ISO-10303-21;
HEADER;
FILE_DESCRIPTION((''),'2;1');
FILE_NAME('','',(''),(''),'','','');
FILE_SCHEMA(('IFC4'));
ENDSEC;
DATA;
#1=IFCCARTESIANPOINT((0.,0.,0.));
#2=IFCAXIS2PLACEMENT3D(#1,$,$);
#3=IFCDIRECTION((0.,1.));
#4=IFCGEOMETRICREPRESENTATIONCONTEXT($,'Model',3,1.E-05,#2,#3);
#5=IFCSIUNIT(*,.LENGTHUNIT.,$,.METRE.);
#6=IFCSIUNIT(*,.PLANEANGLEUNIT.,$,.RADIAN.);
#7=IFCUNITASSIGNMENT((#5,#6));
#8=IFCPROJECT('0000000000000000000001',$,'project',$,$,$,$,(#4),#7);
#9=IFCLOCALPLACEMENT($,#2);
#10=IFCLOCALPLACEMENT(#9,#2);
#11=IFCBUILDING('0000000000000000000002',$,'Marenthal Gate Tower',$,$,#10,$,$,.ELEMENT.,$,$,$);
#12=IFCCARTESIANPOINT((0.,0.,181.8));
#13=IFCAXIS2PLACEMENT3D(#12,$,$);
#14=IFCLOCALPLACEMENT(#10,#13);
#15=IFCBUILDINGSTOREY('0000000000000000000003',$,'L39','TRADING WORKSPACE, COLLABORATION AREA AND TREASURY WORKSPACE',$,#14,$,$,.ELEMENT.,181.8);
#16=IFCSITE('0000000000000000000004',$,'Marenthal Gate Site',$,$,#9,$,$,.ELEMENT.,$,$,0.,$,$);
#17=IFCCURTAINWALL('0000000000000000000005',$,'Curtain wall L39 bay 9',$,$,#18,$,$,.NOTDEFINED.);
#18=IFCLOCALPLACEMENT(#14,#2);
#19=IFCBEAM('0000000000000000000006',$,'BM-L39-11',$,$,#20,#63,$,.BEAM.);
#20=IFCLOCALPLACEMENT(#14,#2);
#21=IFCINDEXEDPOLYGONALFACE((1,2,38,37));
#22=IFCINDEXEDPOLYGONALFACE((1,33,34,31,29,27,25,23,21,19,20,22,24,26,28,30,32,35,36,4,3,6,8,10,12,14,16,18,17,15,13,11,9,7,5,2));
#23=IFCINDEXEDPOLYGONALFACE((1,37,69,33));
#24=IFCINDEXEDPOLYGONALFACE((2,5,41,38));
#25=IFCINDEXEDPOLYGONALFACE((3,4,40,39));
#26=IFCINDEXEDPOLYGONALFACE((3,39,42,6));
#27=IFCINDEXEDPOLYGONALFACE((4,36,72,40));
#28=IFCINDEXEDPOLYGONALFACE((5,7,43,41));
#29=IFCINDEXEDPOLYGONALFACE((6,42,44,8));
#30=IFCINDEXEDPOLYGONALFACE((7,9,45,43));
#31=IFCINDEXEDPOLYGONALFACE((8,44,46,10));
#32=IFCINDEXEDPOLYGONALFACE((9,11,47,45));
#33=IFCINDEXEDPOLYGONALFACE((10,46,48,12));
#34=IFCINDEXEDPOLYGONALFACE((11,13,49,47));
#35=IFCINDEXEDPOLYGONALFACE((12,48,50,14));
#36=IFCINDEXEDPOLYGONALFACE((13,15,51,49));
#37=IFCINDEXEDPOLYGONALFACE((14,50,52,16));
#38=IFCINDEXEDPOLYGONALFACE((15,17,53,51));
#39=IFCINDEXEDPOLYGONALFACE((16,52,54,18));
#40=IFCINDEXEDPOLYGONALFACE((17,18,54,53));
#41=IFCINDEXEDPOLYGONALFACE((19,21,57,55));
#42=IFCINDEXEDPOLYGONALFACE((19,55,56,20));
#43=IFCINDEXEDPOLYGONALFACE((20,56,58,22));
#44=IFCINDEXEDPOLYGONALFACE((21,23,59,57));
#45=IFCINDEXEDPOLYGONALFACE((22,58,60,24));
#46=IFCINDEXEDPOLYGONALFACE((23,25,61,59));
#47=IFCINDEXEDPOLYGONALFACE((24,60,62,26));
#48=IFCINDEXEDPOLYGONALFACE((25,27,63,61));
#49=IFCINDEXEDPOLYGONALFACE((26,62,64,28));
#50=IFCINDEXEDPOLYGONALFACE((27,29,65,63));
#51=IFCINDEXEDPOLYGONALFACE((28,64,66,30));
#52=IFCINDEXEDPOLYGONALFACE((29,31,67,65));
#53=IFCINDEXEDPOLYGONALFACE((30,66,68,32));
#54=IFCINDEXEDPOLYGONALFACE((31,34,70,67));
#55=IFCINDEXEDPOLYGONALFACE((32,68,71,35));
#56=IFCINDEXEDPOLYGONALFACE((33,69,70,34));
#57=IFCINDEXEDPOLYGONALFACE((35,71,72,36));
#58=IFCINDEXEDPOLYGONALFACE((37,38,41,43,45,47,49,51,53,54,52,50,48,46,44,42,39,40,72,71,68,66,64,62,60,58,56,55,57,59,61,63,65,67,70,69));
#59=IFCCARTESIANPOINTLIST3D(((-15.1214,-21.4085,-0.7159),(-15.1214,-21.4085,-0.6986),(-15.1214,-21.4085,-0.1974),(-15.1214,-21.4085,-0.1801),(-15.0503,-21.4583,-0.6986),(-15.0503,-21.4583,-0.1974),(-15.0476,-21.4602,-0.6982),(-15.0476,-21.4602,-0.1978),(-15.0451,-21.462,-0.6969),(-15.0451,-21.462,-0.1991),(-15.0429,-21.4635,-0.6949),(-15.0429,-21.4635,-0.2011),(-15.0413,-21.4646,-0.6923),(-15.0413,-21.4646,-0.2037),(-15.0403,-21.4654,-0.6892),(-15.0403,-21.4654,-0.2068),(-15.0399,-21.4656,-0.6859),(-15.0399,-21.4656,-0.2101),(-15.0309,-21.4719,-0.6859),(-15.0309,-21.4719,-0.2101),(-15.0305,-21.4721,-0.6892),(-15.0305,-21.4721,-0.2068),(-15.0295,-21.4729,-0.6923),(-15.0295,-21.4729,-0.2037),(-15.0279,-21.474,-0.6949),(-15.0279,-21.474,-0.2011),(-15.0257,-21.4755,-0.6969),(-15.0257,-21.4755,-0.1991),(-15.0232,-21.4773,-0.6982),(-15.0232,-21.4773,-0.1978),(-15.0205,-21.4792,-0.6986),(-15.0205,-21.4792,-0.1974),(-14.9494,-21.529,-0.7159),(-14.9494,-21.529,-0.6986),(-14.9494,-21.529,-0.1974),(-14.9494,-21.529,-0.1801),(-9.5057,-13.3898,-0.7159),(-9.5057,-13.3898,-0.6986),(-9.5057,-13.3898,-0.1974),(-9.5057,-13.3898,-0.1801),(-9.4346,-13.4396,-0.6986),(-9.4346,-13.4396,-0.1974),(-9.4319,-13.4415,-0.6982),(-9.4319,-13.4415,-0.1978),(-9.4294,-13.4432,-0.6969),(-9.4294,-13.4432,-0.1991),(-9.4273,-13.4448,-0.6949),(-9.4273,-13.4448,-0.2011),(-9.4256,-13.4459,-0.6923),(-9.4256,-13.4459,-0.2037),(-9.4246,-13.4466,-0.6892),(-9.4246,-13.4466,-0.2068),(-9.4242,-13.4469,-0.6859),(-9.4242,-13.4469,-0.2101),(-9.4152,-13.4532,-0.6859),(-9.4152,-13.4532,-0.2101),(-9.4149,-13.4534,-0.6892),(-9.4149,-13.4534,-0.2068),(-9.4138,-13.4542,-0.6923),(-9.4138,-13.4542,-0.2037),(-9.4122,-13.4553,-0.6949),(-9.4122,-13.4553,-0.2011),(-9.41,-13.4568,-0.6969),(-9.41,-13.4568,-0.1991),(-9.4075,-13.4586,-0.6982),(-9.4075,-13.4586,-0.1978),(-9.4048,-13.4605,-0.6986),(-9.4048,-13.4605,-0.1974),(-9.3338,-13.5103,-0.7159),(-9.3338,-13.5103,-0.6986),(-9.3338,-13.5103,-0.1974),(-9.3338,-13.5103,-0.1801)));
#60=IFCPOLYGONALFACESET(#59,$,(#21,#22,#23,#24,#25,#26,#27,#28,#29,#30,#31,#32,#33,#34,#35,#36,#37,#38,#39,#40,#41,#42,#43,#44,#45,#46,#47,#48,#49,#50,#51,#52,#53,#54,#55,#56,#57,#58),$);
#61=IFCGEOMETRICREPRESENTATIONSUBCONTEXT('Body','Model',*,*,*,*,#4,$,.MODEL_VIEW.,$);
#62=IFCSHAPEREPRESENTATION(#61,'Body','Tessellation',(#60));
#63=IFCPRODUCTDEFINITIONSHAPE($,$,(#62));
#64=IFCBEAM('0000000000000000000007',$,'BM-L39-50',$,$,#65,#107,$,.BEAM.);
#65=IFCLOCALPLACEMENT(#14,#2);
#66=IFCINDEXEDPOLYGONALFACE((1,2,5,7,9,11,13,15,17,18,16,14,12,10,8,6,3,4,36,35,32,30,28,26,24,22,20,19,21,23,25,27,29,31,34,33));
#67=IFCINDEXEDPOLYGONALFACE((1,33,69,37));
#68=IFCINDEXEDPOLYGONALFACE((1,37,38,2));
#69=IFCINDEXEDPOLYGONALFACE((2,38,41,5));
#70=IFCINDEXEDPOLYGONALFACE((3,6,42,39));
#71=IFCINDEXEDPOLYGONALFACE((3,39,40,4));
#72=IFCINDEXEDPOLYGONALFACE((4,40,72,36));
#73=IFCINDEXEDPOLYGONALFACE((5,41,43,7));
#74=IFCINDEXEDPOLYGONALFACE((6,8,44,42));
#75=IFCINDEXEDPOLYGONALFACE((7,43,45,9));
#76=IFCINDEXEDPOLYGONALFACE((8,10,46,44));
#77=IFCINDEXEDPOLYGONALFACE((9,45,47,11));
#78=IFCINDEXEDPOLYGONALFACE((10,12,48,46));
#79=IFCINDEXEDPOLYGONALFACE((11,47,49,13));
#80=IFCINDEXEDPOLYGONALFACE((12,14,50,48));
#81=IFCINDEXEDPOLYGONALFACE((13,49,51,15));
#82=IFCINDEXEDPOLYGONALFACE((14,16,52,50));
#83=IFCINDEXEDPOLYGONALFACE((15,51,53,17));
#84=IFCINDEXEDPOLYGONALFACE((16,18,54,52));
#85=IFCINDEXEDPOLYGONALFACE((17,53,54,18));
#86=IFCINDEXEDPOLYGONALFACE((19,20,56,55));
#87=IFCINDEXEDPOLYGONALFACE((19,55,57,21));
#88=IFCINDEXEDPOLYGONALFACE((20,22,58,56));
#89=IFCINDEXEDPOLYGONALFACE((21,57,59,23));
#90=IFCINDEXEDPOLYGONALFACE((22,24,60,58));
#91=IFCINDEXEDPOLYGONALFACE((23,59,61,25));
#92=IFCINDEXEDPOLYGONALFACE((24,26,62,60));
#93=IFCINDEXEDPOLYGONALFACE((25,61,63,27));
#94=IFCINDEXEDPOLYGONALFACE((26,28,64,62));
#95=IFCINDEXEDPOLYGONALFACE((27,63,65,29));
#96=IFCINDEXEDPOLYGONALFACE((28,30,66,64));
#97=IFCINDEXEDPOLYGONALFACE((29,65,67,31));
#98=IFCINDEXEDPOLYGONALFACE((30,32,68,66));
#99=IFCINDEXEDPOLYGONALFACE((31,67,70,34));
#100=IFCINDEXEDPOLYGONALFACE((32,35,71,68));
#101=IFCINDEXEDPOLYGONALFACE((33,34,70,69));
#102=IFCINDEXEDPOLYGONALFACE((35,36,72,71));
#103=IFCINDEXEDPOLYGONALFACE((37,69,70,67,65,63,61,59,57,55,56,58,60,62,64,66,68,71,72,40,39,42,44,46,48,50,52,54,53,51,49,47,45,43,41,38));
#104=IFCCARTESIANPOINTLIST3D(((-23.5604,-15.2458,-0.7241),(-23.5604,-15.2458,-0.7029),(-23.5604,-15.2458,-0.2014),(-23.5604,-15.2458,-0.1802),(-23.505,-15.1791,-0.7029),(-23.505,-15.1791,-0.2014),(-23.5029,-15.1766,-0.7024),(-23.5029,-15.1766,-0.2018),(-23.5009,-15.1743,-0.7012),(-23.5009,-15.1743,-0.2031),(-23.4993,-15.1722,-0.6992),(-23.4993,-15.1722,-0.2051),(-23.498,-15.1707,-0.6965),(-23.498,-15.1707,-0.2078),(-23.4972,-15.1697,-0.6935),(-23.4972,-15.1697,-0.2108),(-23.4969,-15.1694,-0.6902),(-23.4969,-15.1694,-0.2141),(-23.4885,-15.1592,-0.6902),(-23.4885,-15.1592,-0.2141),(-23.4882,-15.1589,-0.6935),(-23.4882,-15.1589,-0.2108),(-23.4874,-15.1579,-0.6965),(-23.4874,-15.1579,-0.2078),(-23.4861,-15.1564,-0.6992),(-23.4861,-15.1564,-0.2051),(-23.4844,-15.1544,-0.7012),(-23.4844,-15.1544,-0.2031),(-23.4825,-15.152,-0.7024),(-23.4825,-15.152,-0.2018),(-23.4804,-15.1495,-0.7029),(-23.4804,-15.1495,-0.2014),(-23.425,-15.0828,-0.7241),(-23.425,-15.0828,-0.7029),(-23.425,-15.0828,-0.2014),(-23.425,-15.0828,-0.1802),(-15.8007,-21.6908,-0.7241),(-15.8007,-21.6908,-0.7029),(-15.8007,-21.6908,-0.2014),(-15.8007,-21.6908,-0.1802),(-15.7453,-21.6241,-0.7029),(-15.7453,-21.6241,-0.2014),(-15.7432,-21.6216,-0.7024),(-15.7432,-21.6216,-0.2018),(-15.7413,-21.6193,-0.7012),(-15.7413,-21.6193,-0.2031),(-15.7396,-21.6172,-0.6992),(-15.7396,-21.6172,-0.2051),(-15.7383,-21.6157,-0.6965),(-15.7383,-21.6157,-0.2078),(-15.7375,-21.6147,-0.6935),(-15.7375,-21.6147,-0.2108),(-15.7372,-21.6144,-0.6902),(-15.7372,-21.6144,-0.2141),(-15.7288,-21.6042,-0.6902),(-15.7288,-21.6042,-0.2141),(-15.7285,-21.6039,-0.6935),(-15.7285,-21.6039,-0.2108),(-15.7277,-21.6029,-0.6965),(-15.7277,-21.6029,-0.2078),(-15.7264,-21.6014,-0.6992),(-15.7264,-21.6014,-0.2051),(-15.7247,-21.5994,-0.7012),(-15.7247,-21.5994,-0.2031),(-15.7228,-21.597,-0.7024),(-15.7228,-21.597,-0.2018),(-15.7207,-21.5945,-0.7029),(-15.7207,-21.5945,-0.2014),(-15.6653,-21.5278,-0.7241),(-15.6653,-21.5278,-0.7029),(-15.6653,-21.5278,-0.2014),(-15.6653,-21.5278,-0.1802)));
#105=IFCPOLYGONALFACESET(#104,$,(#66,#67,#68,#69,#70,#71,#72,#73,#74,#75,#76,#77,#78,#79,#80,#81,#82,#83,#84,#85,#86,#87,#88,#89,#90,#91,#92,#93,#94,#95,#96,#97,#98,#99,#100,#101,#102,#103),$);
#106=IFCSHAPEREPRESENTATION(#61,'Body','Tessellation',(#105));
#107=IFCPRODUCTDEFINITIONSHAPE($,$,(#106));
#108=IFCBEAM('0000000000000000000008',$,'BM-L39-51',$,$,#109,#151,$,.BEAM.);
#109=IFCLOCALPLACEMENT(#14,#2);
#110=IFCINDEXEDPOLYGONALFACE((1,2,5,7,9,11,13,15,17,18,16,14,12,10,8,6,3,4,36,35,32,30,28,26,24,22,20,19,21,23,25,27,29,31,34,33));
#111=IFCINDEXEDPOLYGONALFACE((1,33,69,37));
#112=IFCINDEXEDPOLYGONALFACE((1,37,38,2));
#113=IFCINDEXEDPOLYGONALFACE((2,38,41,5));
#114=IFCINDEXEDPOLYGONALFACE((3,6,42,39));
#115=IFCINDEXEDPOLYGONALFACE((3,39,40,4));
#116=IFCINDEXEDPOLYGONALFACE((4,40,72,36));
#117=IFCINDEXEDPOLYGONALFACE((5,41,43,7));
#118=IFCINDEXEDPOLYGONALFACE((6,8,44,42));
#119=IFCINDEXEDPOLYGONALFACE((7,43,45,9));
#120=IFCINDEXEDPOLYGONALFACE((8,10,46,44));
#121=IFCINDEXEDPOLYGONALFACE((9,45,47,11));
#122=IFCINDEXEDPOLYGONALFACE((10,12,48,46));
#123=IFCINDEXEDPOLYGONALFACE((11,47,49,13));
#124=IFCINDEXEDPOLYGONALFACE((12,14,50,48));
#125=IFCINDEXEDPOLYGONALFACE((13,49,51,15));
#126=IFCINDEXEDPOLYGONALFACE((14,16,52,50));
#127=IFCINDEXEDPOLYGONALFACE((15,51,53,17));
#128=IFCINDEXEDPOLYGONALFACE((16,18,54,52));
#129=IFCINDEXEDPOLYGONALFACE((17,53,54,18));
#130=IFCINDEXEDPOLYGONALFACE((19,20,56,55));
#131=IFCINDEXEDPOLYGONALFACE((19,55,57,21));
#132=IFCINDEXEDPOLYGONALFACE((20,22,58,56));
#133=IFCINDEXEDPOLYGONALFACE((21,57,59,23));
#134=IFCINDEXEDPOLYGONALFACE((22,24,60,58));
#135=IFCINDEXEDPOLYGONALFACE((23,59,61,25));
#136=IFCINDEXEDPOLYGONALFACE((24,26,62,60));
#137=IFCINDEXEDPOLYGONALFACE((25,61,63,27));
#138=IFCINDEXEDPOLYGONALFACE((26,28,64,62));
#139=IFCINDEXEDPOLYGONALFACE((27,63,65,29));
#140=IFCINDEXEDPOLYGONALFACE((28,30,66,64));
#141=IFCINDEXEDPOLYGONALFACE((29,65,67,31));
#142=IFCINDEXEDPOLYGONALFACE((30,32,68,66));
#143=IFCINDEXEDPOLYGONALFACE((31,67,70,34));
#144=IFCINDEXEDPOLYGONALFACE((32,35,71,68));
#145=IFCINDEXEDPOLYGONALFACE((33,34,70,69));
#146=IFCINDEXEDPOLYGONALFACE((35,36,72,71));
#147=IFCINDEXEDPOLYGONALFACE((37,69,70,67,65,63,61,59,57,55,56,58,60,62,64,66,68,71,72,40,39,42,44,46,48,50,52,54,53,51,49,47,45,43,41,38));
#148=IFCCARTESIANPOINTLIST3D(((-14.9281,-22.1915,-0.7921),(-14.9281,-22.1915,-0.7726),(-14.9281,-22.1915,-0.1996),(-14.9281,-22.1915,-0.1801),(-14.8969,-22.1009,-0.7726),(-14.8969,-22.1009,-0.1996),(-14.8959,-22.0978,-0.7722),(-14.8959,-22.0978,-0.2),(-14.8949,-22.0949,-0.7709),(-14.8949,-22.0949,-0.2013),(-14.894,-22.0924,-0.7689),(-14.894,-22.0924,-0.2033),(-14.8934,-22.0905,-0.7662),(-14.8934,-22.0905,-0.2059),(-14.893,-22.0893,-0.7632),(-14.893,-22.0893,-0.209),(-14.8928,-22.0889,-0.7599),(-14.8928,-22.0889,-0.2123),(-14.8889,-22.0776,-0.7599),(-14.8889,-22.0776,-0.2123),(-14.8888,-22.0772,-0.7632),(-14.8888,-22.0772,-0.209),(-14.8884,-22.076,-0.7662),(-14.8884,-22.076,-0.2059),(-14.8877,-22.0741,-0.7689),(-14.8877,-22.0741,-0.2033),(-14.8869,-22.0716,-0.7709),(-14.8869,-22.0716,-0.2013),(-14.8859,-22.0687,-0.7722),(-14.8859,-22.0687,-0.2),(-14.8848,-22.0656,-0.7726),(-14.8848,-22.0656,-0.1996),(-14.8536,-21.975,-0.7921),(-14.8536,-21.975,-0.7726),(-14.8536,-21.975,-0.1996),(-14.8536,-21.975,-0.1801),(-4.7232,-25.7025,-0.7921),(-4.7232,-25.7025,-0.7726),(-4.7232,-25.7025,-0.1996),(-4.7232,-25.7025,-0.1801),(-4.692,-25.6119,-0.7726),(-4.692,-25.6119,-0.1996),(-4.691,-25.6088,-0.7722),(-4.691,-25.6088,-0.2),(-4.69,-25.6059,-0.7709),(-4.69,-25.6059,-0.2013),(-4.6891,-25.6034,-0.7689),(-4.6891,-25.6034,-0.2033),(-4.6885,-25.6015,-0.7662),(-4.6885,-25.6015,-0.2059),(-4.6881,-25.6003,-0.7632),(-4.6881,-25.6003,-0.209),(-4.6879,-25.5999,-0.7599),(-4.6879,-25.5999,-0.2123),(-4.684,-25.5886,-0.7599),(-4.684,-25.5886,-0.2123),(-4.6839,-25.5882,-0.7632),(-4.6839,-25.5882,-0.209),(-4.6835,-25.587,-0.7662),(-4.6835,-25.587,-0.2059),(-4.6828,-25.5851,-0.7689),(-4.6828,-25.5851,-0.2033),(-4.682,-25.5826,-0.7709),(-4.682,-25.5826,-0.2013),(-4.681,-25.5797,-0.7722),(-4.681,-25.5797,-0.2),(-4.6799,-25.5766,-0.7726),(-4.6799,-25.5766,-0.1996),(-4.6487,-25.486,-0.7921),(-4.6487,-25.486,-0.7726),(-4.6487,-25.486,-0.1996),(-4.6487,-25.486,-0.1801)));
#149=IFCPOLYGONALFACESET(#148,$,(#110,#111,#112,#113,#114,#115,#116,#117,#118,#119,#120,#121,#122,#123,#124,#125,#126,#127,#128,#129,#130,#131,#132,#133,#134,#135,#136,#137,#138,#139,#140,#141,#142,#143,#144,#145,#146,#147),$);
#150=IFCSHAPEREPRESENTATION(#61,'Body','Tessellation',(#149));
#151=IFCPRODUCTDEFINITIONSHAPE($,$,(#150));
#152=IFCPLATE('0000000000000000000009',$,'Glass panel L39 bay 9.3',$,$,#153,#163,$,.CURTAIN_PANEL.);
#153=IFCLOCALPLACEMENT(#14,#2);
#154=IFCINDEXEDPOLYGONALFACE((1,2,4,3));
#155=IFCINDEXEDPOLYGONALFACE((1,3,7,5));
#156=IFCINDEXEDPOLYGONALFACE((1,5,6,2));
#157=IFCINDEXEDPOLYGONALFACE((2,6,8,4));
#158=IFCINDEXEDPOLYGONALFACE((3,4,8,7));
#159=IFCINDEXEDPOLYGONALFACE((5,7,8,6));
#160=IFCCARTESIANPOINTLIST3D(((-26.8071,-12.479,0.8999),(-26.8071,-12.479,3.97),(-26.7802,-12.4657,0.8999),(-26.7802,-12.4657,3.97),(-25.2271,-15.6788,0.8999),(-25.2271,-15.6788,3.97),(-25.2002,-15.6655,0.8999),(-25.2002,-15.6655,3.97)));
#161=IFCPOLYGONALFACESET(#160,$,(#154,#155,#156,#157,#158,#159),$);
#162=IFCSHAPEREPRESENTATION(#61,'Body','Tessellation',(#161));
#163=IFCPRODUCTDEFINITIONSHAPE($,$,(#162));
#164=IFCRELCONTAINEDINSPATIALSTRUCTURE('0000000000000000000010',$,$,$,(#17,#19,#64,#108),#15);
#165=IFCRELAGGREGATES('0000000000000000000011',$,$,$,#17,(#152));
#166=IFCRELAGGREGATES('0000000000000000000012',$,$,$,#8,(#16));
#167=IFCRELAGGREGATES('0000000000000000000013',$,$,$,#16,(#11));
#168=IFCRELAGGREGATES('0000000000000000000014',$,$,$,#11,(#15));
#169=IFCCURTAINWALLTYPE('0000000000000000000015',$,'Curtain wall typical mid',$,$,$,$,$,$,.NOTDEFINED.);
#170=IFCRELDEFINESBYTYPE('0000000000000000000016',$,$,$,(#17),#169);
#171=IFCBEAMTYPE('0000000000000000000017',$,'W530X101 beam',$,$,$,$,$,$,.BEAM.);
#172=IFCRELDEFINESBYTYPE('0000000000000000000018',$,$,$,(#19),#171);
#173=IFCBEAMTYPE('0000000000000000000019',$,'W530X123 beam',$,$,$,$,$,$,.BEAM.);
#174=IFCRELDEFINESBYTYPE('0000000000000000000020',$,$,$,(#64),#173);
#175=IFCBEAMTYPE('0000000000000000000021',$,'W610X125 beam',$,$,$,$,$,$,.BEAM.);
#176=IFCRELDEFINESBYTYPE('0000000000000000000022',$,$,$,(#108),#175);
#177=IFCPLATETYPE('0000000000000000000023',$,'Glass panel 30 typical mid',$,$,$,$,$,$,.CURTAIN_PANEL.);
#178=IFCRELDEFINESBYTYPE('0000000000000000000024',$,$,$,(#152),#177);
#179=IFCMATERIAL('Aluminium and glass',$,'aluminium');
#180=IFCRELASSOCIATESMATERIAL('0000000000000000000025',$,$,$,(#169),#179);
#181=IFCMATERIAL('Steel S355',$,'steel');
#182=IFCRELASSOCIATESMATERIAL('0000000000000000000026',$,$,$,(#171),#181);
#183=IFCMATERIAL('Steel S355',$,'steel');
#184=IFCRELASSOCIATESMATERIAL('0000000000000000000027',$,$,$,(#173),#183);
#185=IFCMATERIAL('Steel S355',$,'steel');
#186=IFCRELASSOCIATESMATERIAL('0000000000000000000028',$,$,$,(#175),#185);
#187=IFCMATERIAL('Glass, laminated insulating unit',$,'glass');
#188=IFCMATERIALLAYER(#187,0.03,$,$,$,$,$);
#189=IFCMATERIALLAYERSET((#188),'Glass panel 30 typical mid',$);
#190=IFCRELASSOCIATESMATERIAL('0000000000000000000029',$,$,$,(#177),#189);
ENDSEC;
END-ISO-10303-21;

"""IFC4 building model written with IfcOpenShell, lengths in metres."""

from ifc_helpers import new_model, si_unit, direction, frame, origin, origin_2d, place, context, subcontext, project, spatial, rectangle, i_section, extrude, material, layer, layer_set, material_profile, profile_set, type_object, element, aggregate, save


model = new_model("IFC4")

# Units and contexts
model_context = context("Model", 3, precision=1e-05, world=origin(), true_north=direction((0.0, 1.0)))
body_context = subcontext(model_context, "Body", "Model", "MODEL_VIEW")
ifc_project = project(units=[si_unit("LENGTHUNIT", "METRE"), si_unit("PLANEANGLEUNIT", "RADIAN")], contexts=[model_context])

# Site, building, storey
site_placement = place(None, origin())
site = spatial("IfcSite", under=ifc_project, at=site_placement, Name="Marenthal Gate Site", CompositionType="ELEMENT", RefElevation=0.0)
building_placement = place(site_placement, origin())
building = spatial("IfcBuilding", under=site, at=building_placement, Name="Marenthal Gate Tower", CompositionType="ELEMENT")
storey_placement = place(building_placement, frame((0.0, 0.0, 181.8)))
storey = spatial("IfcBuildingStorey", under=building, at=storey_placement, Name="L39", Description="TRADING WORKSPACE, COLLABORATION AREA AND TREASURY WORKSPACE", CompositionType="ELEMENT", Elevation=181.8)

# Curtain wall
ifc_material_1 = material(Name="Aluminium and glass", Category="aluminium")
curtain_wall_type = type_object("IfcCurtainWallType", Name="Curtain wall typical mid", PredefinedType="NOTDEFINED", material=ifc_material_1)
curtain_wall_1_placement = place(storey_placement, origin())
curtain_wall_1 = element("IfcCurtainWall", 1, at=curtain_wall_1_placement, inside=storey, type_object=curtain_wall_type, Name="Curtain wall L39 bay 9", PredefinedType="NOTDEFINED")

# Beams
ifc_material_2 = material(Name="Steel S355", Category="steel")
ifc_material_profile_1 = material_profile(ifc_material_2, i_section(OverallWidth=0.21, OverallDepth=0.5359, WebThickness=0.011, FlangeThickness=0.0173, FilletRadius=0.0127, at=origin_2d()), Name="W530X101")
ifc_profile_set_1 = profile_set([ifc_material_profile_1], Name="Steel S355")
beam_type_1 = type_object("IfcBeamType", Name="W530X101 beam", PredefinedType="BEAM", material=ifc_profile_set_1)
beam_1_placement = place(storey_placement, frame((-15.0354, -21.4688, -0.448), z_axis=(0.573638, 0.819109, 0.0), x_axis=(-0.819109, 0.573638, 0.0)))
element("IfcBeam", 2, at=beam_1_placement, inside=storey, type_object=beam_type_1, Name="BM-L39-11", PredefinedType="BEAM", context=body_context, shape_type="SweptSolid", body=[
    extrude(i_section(OverallWidth=0.21, OverallDepth=0.5359, WebThickness=0.011, FlangeThickness=0.0173, FilletRadius=0.0127, at=origin_2d()), origin(), (0.0, 0.0, 1.0), 9.7896),
])
ifc_material_3 = material(Name="Steel S355", Category="steel")
ifc_material_profile_2 = material_profile(ifc_material_3, i_section(OverallWidth=0.2119, OverallDepth=0.5439, WebThickness=0.0132, FlangeThickness=0.0212, FilletRadius=0.0127, at=origin_2d()), Name="W530X123")
ifc_profile_set_2 = profile_set([ifc_material_profile_2], Name="Steel S355")
beam_type_2 = type_object("IfcBeamType", Name="W530X123 beam", PredefinedType="BEAM", material=ifc_profile_set_2)
beam_2_placement = place(storey_placement, frame((-23.4927, -15.1643, -0.4521), z_axis=(0.769264, -0.638931, 0.0), x_axis=(0.638931, 0.769264, 0.0)))
element("IfcBeam", 3, at=beam_2_placement, inside=storey, type_object=beam_type_2, Name="BM-L39-50", PredefinedType="BEAM", context=body_context, shape_type="SweptSolid", body=[
    extrude(i_section(OverallWidth=0.2119, OverallDepth=0.5439, WebThickness=0.0132, FlangeThickness=0.0212, FilletRadius=0.0127, at=origin_2d()), origin(), (0.0, 0.0, 1.0), 10.0872),
])
ifc_material_4 = material(Name="Steel S355", Category="steel")
ifc_material_profile_3 = material_profile(ifc_material_4, i_section(OverallWidth=0.229, OverallDepth=0.6121, WebThickness=0.012, FlangeThickness=0.0195, FilletRadius=0.0127, at=origin_2d()), Name="W610X125")
ifc_profile_set_3 = profile_set([ifc_material_profile_3], Name="Steel S355")
beam_type_3 = type_object("IfcBeamType", Name="W610X125 beam", PredefinedType="BEAM", material=ifc_profile_set_3)
beam_3_placement = place(storey_placement, frame((-14.8909, -22.0833, -0.4861), z_axis=(0.945599, -0.325335, 0.0), x_axis=(0.325335, 0.945599, 0.0)))
element("IfcBeam", 4, at=beam_3_placement, inside=storey, type_object=beam_type_3, Name="BM-L39-51", PredefinedType="BEAM", context=body_context, shape_type="SweptSolid", body=[
    extrude(i_section(OverallWidth=0.229, OverallDepth=0.6121, WebThickness=0.012, FlangeThickness=0.0195, FilletRadius=0.0127, at=origin_2d()), origin(), (0.0, 0.0, 1.0), 10.792),
])

# Plate
ifc_material_5 = material(Name="Glass, laminated insulating unit", Category="glass")
ifc_layer_1 = layer(ifc_material_5, 0.03)
ifc_layer_set_1 = layer_set([ifc_layer_1], Name="Glass panel 30 typical mid")
plate_type = type_object("IfcPlateType", Name="Glass panel 30 typical mid", PredefinedType="CURTAIN_PANEL", material=ifc_layer_set_1)
plate_placement = place(storey_placement, frame((-26.0037, -14.0723, 0.8999), z_axis=(0.0, 0.0, 1.0), x_axis=(0.442753, -0.896643, 0.0)))
plate = element("IfcPlate", 5, at=plate_placement, type_object=plate_type, Name="Glass panel L39 bay 9.3", PredefinedType="CURTAIN_PANEL", context=body_context, shape_type="SweptSolid", body=[
    extrude(rectangle(XDim=3.5686, YDim=0.03, at=origin_2d()), origin(), (0.0, 0.0, 1.0), 3.0701),
])
aggregate(curtain_wall_1, [plate])

save(model, "model.ifc")
